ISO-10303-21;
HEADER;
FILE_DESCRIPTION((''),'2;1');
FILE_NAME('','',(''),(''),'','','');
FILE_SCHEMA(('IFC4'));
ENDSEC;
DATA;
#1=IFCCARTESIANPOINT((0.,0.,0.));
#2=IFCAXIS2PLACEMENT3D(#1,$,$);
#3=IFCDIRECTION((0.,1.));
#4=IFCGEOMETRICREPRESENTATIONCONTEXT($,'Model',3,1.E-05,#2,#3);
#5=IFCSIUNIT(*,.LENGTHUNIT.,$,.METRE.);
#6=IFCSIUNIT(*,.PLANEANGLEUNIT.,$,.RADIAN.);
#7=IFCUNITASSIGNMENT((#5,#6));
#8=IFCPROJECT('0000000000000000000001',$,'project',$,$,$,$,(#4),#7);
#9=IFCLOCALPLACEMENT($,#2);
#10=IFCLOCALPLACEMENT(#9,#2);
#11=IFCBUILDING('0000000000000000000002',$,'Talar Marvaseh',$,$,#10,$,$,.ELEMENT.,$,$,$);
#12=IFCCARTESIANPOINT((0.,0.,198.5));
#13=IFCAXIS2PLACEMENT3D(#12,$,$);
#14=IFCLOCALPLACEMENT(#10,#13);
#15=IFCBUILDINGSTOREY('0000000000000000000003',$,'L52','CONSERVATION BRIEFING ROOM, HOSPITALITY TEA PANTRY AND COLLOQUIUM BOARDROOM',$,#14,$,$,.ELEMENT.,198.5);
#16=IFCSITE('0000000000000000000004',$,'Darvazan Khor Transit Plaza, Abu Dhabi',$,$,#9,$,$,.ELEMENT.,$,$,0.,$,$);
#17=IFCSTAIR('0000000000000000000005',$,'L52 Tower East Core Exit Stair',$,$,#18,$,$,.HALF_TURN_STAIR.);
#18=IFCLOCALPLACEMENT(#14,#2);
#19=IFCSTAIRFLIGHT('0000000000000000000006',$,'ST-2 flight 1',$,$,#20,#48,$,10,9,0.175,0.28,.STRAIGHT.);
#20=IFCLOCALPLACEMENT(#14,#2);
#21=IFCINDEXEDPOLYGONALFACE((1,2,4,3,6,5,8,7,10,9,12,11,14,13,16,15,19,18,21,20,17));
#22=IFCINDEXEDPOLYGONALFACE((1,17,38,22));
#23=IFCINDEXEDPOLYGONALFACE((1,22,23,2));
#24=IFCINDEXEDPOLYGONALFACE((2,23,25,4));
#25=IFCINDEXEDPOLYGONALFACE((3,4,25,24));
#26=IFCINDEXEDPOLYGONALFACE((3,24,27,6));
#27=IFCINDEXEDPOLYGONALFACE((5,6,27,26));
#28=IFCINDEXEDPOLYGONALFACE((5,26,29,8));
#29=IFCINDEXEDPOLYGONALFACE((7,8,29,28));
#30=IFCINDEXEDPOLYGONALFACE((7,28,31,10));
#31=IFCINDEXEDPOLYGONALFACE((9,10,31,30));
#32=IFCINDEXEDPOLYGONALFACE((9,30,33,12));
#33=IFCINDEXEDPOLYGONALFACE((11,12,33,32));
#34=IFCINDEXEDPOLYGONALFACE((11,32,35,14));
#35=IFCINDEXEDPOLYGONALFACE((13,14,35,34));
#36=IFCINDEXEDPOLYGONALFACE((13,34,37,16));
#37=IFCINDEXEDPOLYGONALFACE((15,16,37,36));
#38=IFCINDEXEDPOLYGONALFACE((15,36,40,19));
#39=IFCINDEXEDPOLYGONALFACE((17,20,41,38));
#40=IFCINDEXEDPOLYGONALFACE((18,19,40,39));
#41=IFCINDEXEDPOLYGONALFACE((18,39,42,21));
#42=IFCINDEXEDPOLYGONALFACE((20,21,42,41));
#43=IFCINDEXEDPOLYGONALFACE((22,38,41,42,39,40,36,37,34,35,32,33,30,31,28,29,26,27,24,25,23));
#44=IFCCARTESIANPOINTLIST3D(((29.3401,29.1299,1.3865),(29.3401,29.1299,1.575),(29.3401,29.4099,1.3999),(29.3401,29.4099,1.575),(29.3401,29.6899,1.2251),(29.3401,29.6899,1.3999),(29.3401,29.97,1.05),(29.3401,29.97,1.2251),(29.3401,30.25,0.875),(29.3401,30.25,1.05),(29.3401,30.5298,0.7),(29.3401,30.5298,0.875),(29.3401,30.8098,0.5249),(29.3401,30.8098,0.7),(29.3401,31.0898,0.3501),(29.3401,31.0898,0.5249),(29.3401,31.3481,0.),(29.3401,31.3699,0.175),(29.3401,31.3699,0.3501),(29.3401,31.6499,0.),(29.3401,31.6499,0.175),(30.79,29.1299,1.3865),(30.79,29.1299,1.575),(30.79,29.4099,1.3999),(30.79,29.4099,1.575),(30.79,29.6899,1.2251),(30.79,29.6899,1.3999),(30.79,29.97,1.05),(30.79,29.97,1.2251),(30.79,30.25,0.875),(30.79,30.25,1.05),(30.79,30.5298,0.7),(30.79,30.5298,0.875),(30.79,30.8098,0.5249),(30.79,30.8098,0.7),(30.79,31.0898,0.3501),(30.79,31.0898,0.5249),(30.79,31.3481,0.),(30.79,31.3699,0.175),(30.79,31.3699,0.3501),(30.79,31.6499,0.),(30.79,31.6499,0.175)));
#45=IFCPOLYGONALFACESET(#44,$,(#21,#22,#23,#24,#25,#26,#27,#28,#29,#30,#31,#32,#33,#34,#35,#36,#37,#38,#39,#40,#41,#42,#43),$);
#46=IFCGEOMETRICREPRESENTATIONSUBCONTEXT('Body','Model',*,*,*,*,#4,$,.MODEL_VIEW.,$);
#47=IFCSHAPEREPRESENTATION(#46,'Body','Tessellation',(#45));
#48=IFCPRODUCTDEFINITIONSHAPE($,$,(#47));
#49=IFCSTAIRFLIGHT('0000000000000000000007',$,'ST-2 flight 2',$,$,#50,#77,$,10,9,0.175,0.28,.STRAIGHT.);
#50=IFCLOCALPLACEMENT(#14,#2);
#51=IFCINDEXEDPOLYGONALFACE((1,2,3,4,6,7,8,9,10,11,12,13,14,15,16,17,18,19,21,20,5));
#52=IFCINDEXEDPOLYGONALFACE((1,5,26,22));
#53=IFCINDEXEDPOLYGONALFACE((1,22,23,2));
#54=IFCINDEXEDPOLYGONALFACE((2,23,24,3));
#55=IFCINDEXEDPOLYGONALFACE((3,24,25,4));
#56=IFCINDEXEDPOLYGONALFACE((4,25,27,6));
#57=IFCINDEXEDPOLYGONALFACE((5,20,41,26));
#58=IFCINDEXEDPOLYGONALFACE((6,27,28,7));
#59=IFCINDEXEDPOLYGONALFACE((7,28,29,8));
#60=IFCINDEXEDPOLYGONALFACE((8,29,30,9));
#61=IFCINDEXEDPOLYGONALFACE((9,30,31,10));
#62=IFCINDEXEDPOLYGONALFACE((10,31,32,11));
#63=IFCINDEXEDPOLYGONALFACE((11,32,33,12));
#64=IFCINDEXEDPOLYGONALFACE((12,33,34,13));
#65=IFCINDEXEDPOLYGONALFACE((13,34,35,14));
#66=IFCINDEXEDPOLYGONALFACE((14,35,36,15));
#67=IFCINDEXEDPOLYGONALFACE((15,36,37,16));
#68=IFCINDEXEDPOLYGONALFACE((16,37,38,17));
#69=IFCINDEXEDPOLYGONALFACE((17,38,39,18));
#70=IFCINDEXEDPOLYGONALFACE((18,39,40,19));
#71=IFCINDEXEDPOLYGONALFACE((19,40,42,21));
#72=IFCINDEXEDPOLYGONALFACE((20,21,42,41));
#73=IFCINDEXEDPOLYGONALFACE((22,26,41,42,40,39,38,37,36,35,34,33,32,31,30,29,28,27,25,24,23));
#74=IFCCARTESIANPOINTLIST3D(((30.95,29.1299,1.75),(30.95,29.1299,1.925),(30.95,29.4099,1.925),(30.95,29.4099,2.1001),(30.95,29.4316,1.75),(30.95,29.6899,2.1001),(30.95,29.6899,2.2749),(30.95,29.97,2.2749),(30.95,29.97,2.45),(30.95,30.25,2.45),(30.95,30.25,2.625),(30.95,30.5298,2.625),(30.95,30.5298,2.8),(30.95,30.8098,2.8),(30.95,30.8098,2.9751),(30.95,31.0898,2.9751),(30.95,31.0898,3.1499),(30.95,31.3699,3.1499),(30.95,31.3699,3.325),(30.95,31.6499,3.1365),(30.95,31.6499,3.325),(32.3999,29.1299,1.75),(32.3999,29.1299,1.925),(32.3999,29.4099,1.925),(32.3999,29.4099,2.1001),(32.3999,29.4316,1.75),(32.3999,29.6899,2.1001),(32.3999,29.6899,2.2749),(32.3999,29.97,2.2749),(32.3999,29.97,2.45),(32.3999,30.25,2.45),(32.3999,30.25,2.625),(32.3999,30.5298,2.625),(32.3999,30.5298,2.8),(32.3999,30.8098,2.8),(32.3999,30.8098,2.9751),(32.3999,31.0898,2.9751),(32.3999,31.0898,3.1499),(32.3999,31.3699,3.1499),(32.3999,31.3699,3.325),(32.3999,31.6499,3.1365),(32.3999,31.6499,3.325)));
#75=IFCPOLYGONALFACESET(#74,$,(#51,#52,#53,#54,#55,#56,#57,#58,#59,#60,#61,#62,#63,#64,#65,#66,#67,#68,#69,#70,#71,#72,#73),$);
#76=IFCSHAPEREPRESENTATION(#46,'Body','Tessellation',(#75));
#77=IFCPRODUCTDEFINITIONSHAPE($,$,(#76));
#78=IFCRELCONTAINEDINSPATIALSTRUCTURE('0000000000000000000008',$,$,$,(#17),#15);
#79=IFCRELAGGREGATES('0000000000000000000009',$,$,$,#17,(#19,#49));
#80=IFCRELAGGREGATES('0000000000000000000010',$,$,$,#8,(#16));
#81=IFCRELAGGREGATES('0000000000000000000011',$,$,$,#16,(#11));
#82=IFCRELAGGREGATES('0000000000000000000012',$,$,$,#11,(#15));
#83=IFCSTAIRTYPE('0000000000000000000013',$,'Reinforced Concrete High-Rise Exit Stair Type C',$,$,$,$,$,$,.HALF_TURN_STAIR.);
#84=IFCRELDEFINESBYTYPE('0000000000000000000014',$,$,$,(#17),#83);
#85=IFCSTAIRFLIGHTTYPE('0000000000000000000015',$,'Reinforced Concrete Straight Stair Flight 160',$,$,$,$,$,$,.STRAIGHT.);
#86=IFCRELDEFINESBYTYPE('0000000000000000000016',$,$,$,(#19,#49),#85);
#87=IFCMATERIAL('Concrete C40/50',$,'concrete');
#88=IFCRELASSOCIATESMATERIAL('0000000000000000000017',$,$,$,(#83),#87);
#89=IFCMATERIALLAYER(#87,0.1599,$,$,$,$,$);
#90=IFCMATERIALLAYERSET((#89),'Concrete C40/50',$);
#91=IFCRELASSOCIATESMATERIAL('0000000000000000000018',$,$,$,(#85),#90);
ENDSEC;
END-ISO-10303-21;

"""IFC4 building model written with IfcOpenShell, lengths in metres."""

from ifc_helpers import new_model, si_unit, direction, frame, origin, place, context, subcontext, project, spatial, polyline, outline, extrude, material, layer, layer_set, type_object, element, aggregate, save


model = new_model("IFC4")

# Units and contexts
model_context = context("Model", 3, precision=1e-05, world=origin(), true_north=direction((0.0, 1.0)))
body_context = subcontext(model_context, "Body", "Model", "MODEL_VIEW")
ifc_project = project(units=[si_unit("LENGTHUNIT", "METRE"), si_unit("PLANEANGLEUNIT", "RADIAN")], contexts=[model_context])

# Site, building, storey
site_placement = place(None, origin())
site = spatial("IfcSite", under=ifc_project, at=site_placement, Name="Darvazan Khor Transit Plaza, Abu Dhabi", CompositionType="ELEMENT", RefElevation=0.0)
building_placement = place(site_placement, origin())
building = spatial("IfcBuilding", under=site, at=building_placement, Name="Talar Marvaseh", CompositionType="ELEMENT")
storey_placement = place(building_placement, frame((0.0, 0.0, 198.5)))
storey = spatial("IfcBuildingStorey", under=building, at=storey_placement, Name="L52", Description="CONSERVATION BRIEFING ROOM, HOSPITALITY TEA PANTRY AND COLLOQUIUM BOARDROOM", CompositionType="ELEMENT", Elevation=198.5)

# Shared definitions
ifc_material_1 = material(Name="Concrete C40/50", Category="concrete")

# Stair, stair flights
stair_type = type_object("IfcStairType", Name="Reinforced Concrete High-Rise Exit Stair Type C", PredefinedType="HALF_TURN_STAIR", material=ifc_material_1)
stair_placement = place(storey_placement, origin())
stair = element("IfcStair", 1, at=stair_placement, inside=storey, type_object=stair_type, Name="L52 Tower East Core Exit Stair", PredefinedType="HALF_TURN_STAIR")
ifc_layer_1 = layer(ifc_material_1, 0.1599)
ifc_layer_set_1 = layer_set([ifc_layer_1], Name="Concrete C40/50")
stair_flight_type = type_object("IfcStairFlightType", Name="Reinforced Concrete Straight Stair Flight 160", PredefinedType="STRAIGHT", material=ifc_layer_set_1)
stair_flight_1_placement = place(storey_placement, frame((30.0649, 31.6499, 0.0), z_axis=(0.0, 0.0, 1.0), x_axis=(0.0, -1.0, 0.0)))
stair_flight_1 = element("IfcStairFlight", 2, at=stair_flight_1_placement, type_object=stair_flight_type, Name="ST-2 flight 1", NumberOfRisers=10, NumberOfTreads=9, PredefinedType="STRAIGHT", RiserHeight=0.175, TreadLength=0.28, context=body_context, shape_type="SweptSolid", body=[
    extrude(outline(polyline([(0.0, 0.0), (0.0, 0.175), (0.28, 0.175), (0.28, 0.3501), (0.5601, 0.3501), (0.5601, 0.5249), (0.8401, 0.5249), (0.8401, 0.7), (1.1201, 0.7), (1.1201, 0.875), (1.3999, 0.875), (1.3999, 1.05), (1.6799, 1.05), (1.6799, 1.2251), (1.96, 1.2251), (1.96, 1.3999), (2.24, 1.3999), (2.24, 1.575), (2.52, 1.575), (2.52, 1.75), (2.52, 1.3865), (0.3018, 0.0), (0.0, 0.0)])), frame((0.0, 0.7251, 0.0), z_axis=(0.0, -1.0, 0.0), x_axis=(1.0, 0.0, 0.0)), (0.0, 0.0, 1.0), 1.45),
])
stair_flight_2_placement = place(storey_placement, frame((31.675, 29.1299, 1.75), z_axis=(0.0, 0.0, 1.0), x_axis=(0.0, 1.0, 0.0)))
stair_flight_2 = element("IfcStairFlight", 3, at=stair_flight_2_placement, type_object=stair_flight_type, Name="ST-2 flight 2", NumberOfRisers=10, NumberOfTreads=9, PredefinedType="STRAIGHT", RiserHeight=0.175, TreadLength=0.28, context=body_context, shape_type="SweptSolid", body=[
    extrude(outline(polyline([(0.0, 0.0), (0.0, 0.175), (0.28, 0.175), (0.28, 0.3501), (0.5601, 0.3501), (0.5601, 0.5249), (0.8401, 0.5249), (0.8401, 0.7), (1.1201, 0.7), (1.1201, 0.875), (1.3999, 0.875), (1.3999, 1.05), (1.6799, 1.05), (1.6799, 1.2251), (1.96, 1.2251), (1.96, 1.3999), (2.24, 1.3999), (2.24, 1.575), (2.52, 1.575), (2.52, 1.75), (2.52, 1.3865), (0.3018, 0.0), (0.0, 0.0)])), frame((0.0, 0.7251, 0.0), z_axis=(0.0, -1.0, 0.0), x_axis=(1.0, 0.0, 0.0)), (0.0, 0.0, 1.0), 1.45),
])
aggregate(stair, [stair_flight_1, stair_flight_2])

save(model, "model.ifc")
